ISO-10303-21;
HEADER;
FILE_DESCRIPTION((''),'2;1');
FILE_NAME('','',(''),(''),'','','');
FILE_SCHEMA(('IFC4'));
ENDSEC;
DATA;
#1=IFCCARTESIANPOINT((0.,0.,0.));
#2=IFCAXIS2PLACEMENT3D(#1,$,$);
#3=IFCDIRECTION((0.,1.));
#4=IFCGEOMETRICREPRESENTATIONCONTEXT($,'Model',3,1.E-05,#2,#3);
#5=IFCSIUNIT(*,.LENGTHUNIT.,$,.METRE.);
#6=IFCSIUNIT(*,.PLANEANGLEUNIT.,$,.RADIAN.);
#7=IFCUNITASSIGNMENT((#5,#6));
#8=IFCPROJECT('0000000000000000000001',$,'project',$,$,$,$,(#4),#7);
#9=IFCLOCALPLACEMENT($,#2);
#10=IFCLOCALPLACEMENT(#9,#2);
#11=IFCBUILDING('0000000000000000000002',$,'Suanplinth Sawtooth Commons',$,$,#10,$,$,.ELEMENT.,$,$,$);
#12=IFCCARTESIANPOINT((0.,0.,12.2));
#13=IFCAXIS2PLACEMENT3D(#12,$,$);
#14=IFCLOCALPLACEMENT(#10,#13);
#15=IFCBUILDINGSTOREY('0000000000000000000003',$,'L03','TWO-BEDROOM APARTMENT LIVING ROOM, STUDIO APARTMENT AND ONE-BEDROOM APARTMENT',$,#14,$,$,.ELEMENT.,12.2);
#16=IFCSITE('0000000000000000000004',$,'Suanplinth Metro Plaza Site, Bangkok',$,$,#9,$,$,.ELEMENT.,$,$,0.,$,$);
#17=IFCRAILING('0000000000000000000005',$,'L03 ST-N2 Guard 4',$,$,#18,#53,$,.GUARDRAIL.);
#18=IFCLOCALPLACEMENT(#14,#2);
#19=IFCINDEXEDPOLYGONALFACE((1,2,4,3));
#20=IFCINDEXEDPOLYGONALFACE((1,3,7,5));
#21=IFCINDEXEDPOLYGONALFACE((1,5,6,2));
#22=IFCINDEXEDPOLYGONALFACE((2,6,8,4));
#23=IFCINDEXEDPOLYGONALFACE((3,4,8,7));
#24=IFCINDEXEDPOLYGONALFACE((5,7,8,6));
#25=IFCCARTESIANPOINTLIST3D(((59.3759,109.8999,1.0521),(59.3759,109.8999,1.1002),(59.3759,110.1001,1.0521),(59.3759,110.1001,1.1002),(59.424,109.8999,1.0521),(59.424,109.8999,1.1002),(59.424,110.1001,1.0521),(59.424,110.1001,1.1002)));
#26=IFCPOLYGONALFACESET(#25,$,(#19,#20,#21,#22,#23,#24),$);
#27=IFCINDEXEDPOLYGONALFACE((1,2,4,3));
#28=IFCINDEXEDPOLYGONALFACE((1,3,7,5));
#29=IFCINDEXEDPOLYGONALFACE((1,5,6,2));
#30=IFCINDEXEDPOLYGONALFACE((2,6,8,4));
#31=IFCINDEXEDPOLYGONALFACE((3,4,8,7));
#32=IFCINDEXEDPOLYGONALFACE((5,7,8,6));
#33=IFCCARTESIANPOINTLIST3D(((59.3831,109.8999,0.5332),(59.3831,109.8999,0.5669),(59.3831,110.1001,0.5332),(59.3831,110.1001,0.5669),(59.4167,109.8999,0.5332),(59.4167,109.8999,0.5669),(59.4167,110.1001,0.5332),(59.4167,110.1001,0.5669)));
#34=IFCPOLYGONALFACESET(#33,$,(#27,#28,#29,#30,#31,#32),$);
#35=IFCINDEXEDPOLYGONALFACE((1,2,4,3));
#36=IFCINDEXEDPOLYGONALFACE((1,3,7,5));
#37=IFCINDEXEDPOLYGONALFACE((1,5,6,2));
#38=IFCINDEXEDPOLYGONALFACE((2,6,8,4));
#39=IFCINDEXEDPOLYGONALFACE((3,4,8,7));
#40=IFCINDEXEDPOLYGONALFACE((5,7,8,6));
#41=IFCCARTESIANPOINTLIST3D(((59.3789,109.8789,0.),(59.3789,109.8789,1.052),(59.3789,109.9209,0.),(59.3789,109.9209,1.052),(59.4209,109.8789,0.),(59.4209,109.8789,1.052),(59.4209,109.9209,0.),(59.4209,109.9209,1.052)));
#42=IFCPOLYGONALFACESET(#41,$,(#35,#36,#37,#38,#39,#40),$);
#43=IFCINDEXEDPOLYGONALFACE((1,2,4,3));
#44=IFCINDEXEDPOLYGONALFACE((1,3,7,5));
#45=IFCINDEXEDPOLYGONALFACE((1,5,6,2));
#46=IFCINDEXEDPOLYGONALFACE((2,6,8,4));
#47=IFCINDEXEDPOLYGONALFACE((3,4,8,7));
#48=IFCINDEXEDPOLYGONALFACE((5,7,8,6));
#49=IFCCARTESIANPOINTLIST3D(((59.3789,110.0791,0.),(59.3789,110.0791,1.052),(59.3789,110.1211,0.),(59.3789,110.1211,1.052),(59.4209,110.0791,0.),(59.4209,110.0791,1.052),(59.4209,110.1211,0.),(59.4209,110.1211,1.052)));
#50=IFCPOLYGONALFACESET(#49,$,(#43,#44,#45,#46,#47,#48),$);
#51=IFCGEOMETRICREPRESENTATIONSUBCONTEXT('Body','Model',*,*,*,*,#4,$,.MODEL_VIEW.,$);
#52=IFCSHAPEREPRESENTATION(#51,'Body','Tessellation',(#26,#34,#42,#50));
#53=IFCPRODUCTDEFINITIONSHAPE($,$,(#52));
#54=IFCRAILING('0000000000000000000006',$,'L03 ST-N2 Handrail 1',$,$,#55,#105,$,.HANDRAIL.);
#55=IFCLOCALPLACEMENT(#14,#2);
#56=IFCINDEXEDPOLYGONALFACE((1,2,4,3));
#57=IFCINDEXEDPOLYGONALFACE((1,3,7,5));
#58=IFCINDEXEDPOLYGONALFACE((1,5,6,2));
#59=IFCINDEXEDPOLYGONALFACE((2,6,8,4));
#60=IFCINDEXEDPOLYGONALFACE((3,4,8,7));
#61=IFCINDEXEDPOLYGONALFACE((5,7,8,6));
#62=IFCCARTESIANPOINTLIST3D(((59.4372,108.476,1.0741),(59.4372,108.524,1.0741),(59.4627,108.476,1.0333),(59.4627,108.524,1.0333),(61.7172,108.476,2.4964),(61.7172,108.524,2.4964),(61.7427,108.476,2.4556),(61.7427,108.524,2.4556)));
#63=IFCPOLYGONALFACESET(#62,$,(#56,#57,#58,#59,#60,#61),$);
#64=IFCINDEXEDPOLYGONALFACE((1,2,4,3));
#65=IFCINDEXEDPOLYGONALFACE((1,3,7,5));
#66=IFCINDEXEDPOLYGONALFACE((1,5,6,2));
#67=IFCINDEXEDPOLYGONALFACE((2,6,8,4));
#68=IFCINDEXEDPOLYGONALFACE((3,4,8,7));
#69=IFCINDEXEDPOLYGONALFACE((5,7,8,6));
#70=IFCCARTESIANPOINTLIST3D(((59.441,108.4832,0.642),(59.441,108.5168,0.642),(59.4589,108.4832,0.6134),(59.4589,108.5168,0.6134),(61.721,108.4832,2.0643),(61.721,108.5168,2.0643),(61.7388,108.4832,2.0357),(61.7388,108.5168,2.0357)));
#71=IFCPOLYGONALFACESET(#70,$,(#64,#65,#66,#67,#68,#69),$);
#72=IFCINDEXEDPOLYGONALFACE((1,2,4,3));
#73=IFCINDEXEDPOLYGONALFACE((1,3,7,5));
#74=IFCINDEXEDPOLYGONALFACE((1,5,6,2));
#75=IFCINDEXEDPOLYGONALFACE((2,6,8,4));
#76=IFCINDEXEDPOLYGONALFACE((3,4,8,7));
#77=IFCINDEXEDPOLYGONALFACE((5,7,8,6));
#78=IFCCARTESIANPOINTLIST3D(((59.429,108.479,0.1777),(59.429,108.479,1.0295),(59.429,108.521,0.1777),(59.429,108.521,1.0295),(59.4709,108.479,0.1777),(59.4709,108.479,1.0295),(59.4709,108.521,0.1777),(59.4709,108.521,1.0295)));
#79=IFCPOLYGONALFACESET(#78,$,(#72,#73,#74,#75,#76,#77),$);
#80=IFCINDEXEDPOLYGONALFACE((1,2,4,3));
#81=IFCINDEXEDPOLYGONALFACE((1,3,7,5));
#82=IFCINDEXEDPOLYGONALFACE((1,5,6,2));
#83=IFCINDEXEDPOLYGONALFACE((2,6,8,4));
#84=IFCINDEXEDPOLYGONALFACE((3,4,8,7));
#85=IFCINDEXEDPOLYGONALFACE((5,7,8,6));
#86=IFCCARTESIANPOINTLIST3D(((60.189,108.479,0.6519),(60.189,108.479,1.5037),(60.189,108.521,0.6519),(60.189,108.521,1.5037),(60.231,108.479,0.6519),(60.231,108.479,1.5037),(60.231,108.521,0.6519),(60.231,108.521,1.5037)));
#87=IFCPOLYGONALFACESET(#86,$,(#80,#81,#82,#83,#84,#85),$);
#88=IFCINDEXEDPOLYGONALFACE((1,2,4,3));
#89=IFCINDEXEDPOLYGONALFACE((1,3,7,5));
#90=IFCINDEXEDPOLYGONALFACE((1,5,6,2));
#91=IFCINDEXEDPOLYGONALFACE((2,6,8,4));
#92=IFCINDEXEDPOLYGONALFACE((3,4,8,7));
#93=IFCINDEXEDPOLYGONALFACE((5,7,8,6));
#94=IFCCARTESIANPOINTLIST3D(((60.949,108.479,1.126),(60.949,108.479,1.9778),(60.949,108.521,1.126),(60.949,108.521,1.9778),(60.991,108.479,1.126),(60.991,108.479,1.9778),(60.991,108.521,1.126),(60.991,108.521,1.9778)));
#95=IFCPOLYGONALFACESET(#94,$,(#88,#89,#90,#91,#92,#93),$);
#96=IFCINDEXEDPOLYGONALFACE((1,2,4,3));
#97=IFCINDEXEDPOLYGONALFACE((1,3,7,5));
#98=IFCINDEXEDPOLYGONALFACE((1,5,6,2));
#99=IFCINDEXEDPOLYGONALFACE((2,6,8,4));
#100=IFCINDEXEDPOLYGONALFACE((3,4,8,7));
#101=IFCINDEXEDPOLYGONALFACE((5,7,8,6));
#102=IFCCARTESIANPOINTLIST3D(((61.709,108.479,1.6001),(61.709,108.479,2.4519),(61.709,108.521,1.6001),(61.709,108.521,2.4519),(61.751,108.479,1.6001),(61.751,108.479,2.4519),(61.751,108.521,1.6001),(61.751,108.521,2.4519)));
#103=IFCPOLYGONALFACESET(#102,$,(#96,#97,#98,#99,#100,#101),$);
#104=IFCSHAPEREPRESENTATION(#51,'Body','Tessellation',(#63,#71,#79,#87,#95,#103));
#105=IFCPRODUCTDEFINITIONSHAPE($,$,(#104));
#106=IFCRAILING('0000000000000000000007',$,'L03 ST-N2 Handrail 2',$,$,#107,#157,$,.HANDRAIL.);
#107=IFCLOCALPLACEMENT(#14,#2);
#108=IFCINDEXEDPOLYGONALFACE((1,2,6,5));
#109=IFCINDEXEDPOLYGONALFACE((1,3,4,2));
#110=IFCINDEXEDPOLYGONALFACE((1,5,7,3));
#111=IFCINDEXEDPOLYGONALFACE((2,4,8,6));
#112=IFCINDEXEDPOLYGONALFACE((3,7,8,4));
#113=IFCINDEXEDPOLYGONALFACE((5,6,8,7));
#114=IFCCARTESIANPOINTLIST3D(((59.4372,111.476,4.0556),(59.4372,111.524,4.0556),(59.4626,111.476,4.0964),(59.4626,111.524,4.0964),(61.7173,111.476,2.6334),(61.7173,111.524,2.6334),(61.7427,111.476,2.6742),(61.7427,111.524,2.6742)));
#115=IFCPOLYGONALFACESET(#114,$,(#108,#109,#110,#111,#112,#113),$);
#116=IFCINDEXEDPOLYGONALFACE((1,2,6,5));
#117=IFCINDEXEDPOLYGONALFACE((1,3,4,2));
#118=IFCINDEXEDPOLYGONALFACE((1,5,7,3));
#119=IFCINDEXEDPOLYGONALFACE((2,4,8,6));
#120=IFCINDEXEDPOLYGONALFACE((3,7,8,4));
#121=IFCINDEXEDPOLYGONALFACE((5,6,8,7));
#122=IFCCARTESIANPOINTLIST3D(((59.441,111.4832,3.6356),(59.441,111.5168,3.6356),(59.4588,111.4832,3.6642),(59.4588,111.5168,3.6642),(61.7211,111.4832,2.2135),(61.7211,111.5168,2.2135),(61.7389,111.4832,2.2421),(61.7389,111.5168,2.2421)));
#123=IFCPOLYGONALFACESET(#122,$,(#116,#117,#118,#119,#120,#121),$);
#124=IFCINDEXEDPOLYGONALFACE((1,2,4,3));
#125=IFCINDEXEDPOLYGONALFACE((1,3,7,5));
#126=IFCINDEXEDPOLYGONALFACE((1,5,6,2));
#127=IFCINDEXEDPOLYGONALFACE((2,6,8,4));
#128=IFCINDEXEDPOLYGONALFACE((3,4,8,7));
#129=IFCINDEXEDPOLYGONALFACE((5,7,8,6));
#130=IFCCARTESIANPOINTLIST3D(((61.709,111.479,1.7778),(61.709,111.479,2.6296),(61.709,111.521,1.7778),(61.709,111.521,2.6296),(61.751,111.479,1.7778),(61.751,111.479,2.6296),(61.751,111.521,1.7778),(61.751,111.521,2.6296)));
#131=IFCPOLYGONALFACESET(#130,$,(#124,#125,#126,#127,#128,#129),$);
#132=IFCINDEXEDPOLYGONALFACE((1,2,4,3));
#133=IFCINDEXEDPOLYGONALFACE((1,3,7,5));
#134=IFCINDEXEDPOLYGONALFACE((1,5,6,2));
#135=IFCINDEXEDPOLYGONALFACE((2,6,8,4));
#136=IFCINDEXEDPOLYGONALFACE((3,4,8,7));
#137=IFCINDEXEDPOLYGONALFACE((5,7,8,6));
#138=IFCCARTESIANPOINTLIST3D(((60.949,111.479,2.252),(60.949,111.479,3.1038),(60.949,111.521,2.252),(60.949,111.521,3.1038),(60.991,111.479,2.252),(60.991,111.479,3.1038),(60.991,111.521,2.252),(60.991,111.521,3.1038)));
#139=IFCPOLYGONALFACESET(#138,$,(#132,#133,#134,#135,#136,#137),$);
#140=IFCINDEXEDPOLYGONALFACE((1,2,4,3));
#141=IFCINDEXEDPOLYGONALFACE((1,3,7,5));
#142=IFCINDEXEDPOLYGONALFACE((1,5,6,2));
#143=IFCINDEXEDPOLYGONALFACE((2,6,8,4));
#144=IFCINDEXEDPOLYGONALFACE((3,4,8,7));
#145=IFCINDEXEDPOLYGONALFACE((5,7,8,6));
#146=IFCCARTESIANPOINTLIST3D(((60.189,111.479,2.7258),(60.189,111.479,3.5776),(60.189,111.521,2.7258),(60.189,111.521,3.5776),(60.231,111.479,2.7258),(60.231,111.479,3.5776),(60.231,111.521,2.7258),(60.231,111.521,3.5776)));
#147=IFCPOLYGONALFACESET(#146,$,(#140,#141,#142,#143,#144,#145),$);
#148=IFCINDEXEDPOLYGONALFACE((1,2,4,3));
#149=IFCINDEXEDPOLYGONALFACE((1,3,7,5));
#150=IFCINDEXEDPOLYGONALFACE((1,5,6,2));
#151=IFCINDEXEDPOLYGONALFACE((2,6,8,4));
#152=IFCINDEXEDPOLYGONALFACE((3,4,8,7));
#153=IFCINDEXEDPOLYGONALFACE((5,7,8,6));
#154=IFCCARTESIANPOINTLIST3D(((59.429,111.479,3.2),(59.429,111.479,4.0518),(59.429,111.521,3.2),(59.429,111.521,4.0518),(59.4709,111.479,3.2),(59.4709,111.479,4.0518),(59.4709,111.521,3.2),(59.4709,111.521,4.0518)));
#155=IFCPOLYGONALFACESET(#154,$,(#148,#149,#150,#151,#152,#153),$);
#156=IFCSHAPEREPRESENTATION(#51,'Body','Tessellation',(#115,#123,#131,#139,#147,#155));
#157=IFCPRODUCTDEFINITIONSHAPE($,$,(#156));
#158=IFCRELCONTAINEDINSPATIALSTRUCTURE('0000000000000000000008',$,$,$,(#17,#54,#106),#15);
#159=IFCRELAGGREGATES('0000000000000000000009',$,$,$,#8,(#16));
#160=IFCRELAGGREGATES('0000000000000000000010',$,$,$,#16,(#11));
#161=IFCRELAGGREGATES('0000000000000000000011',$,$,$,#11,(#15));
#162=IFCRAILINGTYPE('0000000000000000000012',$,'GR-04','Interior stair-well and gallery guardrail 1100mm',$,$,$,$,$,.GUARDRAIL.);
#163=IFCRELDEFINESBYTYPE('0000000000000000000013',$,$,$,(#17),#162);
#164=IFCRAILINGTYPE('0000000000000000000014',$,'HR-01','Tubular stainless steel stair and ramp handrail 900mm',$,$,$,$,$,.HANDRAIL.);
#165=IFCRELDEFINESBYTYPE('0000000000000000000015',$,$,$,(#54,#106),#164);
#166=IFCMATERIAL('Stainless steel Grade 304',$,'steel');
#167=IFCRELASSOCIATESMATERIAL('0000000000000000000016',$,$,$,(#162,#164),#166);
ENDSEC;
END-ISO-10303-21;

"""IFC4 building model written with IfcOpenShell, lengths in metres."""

from ifc_helpers import new_model, si_unit, direction, frame, origin, origin_2d, place, context, subcontext, project, spatial, rectangle, extrude, material, type_object, element, save


model = new_model("IFC4")

# Units and contexts
model_context = context("Model", 3, precision=1e-05, world=origin(), true_north=direction((0.0, 1.0)))
body_context = subcontext(model_context, "Body", "Model", "MODEL_VIEW")
ifc_project = project(units=[si_unit("LENGTHUNIT", "METRE"), si_unit("PLANEANGLEUNIT", "RADIAN")], contexts=[model_context])

# Site, building, storey
site_placement = place(None, origin())
site = spatial("IfcSite", under=ifc_project, at=site_placement, Name="Suanplinth Metro Plaza Site, Bangkok", CompositionType="ELEMENT", RefElevation=0.0)
building_placement = place(site_placement, origin())
building = spatial("IfcBuilding", under=site, at=building_placement, Name="Suanplinth Sawtooth Commons", CompositionType="ELEMENT")
storey_placement = place(building_placement, frame((0.0, 0.0, 12.2)))
storey = spatial("IfcBuildingStorey", under=building, at=storey_placement, Name="L03", Description="TWO-BEDROOM APARTMENT LIVING ROOM, STUDIO APARTMENT AND ONE-BEDROOM APARTMENT", CompositionType="ELEMENT", Elevation=12.2)

# Shared definitions
ifc_material_1 = material(Name="Stainless steel Grade 304", Category="steel")

# Railings
railing_type_1 = type_object("IfcRailingType", Name="GR-04", Description="Interior stair-well and gallery guardrail 1100mm", PredefinedType="GUARDRAIL", material=ifc_material_1)
railing_1_placement = place(storey_placement, frame((59.3999, 109.8999, 0.0)))
element("IfcRailing", 1, at=railing_1_placement, inside=storey, type_object=railing_type_1, Name="L03 ST-N2 Guard 4", PredefinedType="GUARDRAIL", context=body_context, shape_type="SweptSolid", body=[
    extrude(rectangle(XDim=0.0481, YDim=0.0481, at=origin_2d()), frame((0.0, 0.0, 1.0762), z_axis=(0.0, 1.0, 0.0), x_axis=(-1.0, 0.0, 0.0)), (0.0, 0.0, 1.0), 0.2002),
    extrude(rectangle(XDim=0.0337, YDim=0.0337, at=origin_2d()), frame((0.0, 0.0, 0.55), z_axis=(0.0, 1.0, 0.0), x_axis=(-1.0, 0.0, 0.0)), (0.0, 0.0, 1.0), 0.2002),
    extrude(rectangle(XDim=0.042, YDim=0.042, at=origin_2d()), origin(), (0.0, 0.0, 1.0), 1.052),
    extrude(rectangle(XDim=0.042, YDim=0.042, at=origin_2d()), frame((0.0, 0.2002, 0.0)), (0.0, 0.0, 1.0), 1.052),
])
railing_type_2 = type_object("IfcRailingType", Name="HR-01", Description="Tubular stainless steel stair and ramp handrail 900mm", PredefinedType="HANDRAIL", material=ifc_material_1)
railing_2_placement = place(storey_placement, frame((59.45, 108.5, 0.1777)))
element("IfcRailing", 2, at=railing_2_placement, inside=storey, type_object=railing_type_2, Name="L03 ST-N2 Handrail 1", PredefinedType="HANDRAIL", context=body_context, shape_type="SweptSolid", body=[
    extrude(rectangle(XDim=0.0481, YDim=0.0481, at=origin_2d()), frame((0.0, 0.0, 0.876), z_axis=(0.848442, 0.0, 0.529288), x_axis=(0.0, 1.0, 0.0)), (0.0, 0.0, 1.0), 2.6873),
    extrude(rectangle(XDim=0.0337, YDim=0.0337, at=origin_2d()), frame((0.0, 0.0, 0.45), z_axis=(0.848442, 0.0, 0.529288), x_axis=(0.0, 1.0, 0.0)), (0.0, 0.0, 1.0), 2.6873),
    extrude(rectangle(XDim=0.042, YDim=0.042, at=origin_2d()), origin(), (0.0, 0.0, 1.0), 0.8518),
    extrude(rectangle(XDim=0.042, YDim=0.042, at=origin_2d()), frame((0.76, 0.0, 0.4741)), (0.0, 0.0, 1.0), 0.8518),
    extrude(rectangle(XDim=0.042, YDim=0.042, at=origin_2d()), frame((1.52, 0.0, 0.9482)), (0.0, 0.0, 1.0), 0.8518),
    extrude(rectangle(XDim=0.042, YDim=0.042, at=origin_2d()), frame((2.28, 0.0, 1.4224)), (0.0, 0.0, 1.0), 0.8518),
])
railing_3_placement = place(storey_placement, frame((61.73, 111.5, 1.7778)))
element("IfcRailing", 3, at=railing_3_placement, inside=storey, type_object=railing_type_2, Name="L03 ST-N2 Handrail 2", PredefinedType="HANDRAIL", context=body_context, shape_type="SweptSolid", body=[
    extrude(rectangle(XDim=0.0481, YDim=0.0481, at=origin_2d()), frame((0.0, 0.0, 0.876), z_axis=(-0.848483, 0.0, 0.529223), x_axis=(0.0, -1.0, 0.0)), (0.0, 0.0, 1.0), 2.6873),
    extrude(rectangle(XDim=0.0337, YDim=0.0337, at=origin_2d()), frame((0.0, 0.0, 0.45), z_axis=(-0.848483, 0.0, 0.529223), x_axis=(0.0, -1.0, 0.0)), (0.0, 0.0, 1.0), 2.6873),
    extrude(rectangle(XDim=0.042, YDim=0.042, at=origin_2d()), origin(), (0.0, 0.0, 1.0), 0.8518),
    extrude(rectangle(XDim=0.042, YDim=0.042, at=origin_2d()), frame((-0.76, 0.0, 0.4741)), (0.0, 0.0, 1.0), 0.8518),
    extrude(rectangle(XDim=0.042, YDim=0.042, at=origin_2d()), frame((-1.52, 0.0, 0.948)), (0.0, 0.0, 1.0), 0.8518),
    extrude(rectangle(XDim=0.042, YDim=0.042, at=origin_2d()), frame((-2.28, 0.0, 1.4221)), (0.0, 0.0, 1.0), 0.8518),
])

save(model, "model.ifc")
